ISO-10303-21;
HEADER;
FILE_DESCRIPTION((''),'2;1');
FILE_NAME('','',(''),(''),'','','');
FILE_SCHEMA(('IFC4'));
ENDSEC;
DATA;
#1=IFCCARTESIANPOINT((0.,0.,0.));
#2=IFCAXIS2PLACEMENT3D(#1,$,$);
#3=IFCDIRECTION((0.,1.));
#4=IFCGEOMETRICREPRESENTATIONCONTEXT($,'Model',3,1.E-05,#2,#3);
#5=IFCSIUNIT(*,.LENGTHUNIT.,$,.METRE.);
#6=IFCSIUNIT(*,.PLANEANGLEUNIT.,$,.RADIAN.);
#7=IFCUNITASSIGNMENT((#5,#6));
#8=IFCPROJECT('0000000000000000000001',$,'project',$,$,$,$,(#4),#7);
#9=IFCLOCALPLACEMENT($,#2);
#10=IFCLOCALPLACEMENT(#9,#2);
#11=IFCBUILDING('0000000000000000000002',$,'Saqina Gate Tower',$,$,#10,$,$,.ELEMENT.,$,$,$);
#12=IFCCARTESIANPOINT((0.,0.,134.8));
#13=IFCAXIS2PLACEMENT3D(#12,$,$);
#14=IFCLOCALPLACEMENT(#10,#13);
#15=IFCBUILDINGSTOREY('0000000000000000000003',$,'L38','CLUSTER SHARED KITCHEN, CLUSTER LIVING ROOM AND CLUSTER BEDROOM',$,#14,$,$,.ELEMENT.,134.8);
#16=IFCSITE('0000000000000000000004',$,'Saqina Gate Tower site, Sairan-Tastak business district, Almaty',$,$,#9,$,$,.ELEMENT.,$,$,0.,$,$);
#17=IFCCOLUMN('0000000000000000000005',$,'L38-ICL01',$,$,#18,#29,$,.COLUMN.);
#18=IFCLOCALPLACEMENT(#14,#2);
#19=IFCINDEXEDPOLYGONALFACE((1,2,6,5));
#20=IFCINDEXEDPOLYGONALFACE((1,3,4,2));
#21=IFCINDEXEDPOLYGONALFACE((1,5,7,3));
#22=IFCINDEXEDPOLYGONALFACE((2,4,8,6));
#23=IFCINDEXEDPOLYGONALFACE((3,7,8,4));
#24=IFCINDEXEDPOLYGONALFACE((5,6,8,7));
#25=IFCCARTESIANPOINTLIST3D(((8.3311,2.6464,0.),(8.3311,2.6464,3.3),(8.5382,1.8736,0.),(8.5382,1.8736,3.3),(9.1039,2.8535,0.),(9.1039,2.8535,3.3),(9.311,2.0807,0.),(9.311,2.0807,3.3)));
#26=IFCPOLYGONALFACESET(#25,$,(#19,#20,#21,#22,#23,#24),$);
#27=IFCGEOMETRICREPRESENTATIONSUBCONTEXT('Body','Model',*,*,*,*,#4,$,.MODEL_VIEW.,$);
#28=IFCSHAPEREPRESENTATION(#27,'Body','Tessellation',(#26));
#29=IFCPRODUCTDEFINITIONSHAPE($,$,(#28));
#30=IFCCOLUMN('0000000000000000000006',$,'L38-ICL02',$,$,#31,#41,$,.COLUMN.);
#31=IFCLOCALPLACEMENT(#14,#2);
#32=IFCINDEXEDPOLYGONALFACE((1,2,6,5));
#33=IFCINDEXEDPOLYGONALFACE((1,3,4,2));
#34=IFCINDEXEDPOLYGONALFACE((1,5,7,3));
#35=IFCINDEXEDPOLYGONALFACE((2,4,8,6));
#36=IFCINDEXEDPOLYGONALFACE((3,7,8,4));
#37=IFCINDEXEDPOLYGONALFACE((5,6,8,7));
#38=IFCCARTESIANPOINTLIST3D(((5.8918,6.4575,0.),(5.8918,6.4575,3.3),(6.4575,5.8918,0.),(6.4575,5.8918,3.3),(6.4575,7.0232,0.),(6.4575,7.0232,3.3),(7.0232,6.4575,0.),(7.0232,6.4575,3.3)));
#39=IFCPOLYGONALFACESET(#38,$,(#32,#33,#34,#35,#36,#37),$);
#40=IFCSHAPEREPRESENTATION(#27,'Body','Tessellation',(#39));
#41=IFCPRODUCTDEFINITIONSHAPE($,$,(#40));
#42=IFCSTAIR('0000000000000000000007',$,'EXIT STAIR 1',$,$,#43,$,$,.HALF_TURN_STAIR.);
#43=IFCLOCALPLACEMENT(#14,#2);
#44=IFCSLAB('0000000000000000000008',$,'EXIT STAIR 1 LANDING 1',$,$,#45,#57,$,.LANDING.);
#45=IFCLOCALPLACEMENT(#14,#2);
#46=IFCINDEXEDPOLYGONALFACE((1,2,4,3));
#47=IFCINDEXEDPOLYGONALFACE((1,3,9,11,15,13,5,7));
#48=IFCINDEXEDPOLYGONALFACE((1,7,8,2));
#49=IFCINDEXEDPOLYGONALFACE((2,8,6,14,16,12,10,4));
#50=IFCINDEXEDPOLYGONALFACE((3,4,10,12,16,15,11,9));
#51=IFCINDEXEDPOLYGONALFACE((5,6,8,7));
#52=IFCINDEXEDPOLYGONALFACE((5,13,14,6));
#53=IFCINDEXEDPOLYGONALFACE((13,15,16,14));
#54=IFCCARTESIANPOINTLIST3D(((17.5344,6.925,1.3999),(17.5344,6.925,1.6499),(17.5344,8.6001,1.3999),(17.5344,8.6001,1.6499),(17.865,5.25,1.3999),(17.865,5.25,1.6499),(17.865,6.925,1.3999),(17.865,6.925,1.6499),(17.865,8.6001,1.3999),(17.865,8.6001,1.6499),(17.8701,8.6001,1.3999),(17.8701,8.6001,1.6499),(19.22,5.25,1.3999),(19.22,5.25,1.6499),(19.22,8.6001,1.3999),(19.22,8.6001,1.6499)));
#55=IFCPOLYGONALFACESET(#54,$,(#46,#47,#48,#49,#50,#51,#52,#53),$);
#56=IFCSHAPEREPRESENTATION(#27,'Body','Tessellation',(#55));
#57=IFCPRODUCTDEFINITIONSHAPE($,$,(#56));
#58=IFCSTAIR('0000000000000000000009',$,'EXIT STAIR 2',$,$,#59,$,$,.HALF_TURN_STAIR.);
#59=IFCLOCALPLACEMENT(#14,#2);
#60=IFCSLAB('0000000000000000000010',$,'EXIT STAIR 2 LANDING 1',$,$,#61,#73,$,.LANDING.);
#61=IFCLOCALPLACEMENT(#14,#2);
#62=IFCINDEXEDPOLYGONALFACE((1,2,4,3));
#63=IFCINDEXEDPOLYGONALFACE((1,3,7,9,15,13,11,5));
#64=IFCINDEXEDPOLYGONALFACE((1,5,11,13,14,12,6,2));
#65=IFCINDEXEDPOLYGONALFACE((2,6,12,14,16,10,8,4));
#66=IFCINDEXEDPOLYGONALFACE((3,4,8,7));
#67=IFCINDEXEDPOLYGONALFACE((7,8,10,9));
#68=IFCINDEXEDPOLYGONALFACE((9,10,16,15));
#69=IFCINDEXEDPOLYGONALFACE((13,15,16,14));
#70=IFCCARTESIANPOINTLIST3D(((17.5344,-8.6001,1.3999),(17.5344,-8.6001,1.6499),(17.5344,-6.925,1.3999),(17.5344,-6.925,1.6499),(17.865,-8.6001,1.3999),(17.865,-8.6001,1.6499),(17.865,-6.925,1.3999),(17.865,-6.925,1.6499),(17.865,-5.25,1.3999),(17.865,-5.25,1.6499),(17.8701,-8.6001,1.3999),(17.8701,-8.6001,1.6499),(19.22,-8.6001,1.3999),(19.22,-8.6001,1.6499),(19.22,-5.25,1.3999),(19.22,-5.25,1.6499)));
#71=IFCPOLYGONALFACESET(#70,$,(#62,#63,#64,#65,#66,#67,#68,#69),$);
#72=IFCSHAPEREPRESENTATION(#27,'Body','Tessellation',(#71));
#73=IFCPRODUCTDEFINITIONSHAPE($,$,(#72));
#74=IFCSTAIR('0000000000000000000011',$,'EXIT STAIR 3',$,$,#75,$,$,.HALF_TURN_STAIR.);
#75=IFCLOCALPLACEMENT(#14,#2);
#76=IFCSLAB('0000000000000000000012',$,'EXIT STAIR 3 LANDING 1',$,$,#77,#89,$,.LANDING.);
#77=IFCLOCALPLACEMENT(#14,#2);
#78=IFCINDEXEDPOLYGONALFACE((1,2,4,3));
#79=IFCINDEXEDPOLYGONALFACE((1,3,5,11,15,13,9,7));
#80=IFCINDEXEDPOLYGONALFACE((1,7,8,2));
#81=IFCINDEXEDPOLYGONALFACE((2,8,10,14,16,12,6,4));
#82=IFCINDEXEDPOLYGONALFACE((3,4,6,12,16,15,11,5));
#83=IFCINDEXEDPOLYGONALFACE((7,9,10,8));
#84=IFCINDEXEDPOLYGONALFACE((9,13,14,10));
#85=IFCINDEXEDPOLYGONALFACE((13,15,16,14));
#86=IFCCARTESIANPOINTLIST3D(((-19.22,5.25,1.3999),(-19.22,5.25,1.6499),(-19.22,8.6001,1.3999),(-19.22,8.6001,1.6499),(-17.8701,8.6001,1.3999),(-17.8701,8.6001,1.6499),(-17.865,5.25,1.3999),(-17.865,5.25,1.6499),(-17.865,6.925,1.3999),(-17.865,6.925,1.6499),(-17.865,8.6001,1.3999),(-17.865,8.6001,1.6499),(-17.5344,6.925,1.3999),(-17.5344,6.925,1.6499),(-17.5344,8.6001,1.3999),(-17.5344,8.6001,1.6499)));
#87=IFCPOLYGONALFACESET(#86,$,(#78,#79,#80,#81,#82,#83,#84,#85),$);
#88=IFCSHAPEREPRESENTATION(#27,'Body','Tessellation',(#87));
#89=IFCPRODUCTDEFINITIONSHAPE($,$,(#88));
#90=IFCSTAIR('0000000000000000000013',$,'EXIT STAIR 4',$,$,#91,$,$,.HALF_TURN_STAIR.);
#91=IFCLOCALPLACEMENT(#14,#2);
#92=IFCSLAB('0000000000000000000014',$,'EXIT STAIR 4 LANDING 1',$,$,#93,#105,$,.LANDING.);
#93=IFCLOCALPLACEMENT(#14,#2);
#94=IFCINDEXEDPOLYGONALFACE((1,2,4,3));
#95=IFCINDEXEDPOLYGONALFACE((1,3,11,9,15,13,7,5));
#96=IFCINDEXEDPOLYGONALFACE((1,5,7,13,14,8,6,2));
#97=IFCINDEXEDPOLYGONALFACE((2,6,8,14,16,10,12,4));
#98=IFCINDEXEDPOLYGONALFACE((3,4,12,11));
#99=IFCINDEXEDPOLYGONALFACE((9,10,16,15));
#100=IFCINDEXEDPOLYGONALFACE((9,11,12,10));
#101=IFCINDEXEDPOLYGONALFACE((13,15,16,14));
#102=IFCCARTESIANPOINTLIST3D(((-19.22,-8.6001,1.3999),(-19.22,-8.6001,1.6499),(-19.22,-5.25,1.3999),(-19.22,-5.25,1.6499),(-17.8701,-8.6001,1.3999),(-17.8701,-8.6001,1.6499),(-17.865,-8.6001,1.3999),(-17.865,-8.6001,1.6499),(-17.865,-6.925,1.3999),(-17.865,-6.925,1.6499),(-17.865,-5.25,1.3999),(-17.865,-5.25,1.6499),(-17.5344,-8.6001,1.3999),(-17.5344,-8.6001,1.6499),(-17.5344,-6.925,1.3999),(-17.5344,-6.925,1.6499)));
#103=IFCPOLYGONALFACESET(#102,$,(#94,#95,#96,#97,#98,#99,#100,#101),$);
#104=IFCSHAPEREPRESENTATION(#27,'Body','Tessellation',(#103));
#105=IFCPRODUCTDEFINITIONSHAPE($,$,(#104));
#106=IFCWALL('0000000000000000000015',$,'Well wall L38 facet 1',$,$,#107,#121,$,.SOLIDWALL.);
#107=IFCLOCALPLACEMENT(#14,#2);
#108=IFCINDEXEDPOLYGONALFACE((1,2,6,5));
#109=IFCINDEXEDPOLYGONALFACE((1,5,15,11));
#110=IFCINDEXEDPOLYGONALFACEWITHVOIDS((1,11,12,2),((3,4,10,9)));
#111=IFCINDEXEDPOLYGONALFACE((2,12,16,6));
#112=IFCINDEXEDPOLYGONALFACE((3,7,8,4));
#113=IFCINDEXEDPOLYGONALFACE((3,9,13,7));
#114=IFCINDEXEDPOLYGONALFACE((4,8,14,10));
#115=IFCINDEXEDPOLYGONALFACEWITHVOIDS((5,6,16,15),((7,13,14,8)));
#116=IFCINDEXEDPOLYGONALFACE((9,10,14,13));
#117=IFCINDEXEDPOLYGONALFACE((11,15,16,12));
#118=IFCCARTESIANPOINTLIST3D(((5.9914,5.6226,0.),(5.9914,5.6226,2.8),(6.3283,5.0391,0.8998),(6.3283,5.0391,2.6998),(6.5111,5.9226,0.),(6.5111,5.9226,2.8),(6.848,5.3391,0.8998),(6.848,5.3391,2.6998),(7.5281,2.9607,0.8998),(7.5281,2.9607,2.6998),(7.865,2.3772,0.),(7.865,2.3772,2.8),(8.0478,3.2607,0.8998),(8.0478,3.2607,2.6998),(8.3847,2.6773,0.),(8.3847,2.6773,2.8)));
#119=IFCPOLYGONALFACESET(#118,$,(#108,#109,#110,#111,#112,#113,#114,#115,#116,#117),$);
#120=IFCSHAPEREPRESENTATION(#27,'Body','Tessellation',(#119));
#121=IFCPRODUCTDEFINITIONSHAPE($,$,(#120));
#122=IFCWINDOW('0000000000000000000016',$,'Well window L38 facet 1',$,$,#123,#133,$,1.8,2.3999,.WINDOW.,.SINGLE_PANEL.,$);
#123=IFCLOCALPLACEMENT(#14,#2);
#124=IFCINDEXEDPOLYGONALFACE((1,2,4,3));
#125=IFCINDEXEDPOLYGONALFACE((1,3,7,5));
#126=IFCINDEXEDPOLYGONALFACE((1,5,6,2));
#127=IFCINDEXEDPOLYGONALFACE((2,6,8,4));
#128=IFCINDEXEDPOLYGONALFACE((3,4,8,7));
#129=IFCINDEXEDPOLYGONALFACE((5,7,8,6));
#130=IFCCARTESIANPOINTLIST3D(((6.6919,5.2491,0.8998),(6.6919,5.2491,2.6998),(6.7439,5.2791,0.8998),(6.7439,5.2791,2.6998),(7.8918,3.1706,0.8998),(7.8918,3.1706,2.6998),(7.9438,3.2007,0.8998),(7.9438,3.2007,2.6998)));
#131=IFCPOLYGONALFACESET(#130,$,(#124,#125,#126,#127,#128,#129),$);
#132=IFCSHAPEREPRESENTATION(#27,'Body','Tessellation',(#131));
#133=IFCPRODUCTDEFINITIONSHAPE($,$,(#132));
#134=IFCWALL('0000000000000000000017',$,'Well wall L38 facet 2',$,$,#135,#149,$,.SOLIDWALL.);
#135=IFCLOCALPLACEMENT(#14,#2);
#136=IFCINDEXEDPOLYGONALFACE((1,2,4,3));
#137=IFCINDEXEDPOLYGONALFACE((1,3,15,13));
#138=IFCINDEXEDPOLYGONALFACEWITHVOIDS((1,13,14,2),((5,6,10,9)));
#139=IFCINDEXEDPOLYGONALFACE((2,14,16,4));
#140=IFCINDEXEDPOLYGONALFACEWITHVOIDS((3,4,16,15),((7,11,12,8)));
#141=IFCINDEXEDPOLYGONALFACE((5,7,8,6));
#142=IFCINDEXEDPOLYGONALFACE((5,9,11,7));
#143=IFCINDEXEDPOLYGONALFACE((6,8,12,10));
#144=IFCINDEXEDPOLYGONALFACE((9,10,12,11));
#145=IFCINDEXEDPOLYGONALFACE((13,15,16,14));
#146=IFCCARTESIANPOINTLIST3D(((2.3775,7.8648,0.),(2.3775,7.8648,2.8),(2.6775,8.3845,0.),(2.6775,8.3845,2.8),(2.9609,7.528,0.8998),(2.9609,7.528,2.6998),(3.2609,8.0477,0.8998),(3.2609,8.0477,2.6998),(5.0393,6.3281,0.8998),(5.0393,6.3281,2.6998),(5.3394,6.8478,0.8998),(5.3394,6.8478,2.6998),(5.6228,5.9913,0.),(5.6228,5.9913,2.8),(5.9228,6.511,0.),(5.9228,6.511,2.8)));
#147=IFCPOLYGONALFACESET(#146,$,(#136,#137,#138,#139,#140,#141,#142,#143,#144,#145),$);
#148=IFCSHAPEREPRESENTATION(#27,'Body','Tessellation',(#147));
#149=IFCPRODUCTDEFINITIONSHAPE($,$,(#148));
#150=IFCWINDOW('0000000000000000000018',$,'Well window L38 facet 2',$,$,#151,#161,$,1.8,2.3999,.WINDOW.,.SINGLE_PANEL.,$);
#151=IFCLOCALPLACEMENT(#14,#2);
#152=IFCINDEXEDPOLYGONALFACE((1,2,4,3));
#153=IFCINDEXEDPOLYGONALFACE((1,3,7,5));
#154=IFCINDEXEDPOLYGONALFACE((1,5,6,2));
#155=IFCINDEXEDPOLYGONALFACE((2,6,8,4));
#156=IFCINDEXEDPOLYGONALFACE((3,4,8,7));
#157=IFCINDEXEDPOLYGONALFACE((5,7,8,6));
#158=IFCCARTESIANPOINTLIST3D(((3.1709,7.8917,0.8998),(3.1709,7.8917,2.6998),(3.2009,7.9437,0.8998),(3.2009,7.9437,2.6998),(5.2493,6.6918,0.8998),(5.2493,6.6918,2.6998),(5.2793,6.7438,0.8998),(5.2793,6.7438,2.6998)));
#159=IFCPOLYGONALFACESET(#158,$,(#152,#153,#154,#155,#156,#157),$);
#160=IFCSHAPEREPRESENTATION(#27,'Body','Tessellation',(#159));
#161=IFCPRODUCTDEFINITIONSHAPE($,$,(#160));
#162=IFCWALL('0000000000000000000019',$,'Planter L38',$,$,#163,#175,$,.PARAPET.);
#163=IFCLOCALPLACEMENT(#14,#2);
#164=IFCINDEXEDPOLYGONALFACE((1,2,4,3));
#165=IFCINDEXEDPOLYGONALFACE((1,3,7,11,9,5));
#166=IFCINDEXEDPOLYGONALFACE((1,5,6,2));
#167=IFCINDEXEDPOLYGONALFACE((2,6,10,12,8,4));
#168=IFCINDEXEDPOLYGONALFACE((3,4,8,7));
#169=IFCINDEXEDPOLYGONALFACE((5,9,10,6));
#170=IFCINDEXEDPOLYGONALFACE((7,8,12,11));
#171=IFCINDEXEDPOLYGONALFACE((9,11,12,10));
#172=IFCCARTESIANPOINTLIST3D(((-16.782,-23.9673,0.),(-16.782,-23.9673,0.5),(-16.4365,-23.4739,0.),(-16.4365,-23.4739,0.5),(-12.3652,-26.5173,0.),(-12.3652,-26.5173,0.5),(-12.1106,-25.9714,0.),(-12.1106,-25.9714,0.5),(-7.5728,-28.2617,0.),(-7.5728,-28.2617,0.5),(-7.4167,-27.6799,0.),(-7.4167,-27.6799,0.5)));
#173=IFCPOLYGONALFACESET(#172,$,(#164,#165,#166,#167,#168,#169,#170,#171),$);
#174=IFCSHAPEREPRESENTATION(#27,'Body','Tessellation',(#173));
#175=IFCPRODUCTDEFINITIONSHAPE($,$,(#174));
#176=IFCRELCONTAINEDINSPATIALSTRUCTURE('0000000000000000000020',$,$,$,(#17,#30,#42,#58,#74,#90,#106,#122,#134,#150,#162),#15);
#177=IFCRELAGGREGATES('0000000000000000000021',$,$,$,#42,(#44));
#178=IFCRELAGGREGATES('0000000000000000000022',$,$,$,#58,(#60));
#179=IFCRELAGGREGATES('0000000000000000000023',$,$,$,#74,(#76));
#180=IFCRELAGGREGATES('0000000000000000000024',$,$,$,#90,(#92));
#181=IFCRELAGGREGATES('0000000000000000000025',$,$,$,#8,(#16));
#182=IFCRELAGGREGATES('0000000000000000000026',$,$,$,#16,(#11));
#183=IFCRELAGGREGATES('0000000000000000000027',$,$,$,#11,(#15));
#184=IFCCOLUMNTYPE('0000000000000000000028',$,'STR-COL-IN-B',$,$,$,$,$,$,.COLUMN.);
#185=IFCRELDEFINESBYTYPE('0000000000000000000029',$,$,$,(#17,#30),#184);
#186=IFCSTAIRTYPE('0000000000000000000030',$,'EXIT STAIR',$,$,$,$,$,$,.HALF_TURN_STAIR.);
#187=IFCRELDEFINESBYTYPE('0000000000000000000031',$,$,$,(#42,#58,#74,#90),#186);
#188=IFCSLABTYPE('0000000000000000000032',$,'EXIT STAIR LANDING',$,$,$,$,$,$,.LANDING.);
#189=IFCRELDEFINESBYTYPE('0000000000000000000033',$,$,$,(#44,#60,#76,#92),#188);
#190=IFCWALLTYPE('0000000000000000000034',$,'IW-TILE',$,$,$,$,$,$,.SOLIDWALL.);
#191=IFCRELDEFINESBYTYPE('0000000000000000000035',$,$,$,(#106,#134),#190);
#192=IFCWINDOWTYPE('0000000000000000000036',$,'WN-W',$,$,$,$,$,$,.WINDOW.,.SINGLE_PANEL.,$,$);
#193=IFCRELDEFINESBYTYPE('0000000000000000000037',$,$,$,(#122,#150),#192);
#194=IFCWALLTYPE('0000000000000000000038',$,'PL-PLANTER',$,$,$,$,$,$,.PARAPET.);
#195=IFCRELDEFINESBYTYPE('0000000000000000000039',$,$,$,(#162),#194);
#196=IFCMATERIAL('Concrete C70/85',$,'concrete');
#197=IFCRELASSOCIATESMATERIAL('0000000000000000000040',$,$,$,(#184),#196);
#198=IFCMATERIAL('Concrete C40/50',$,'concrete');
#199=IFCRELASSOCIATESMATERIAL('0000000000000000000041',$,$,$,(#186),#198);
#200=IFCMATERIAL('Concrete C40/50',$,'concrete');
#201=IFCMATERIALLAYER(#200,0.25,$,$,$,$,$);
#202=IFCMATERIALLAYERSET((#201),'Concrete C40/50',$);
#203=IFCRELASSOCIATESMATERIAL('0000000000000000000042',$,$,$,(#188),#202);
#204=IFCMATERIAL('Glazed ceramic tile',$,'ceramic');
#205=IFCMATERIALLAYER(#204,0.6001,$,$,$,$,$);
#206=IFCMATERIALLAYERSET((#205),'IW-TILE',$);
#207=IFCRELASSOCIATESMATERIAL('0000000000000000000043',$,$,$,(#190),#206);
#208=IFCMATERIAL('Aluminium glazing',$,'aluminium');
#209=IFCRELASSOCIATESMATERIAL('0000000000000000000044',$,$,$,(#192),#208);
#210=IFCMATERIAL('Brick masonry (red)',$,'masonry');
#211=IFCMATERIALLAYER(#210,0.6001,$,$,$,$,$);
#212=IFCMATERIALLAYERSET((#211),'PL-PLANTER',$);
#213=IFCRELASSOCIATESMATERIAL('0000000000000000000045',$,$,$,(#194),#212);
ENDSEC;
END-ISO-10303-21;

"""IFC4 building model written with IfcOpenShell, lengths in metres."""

from ifc_helpers import new_model, si_unit, direction, frame, frame_2d, origin, origin_2d, place, context, subcontext, project, spatial, polyline, rectangle, outline, extrude, material, layer, layer_set, material_profile, profile_set, type_object, element, fill, aggregate, save


model = new_model("IFC4")

# Units and contexts
model_context = context("Model", 3, precision=1e-05, world=origin(), true_north=direction((0.0, 1.0)))
body_context = subcontext(model_context, "Body", "Model", "MODEL_VIEW")
ifc_project = project(units=[si_unit("LENGTHUNIT", "METRE"), si_unit("PLANEANGLEUNIT", "RADIAN")], contexts=[model_context])

# Site, building, storey
site_placement = place(None, origin())
site = spatial("IfcSite", under=ifc_project, at=site_placement, Name="Saqina Gate Tower site, Sairan-Tastak business district, Almaty", CompositionType="ELEMENT", RefElevation=0.0)
building_placement = place(site_placement, origin())
building = spatial("IfcBuilding", under=site, at=building_placement, Name="Saqina Gate Tower", CompositionType="ELEMENT")
storey_placement = place(building_placement, frame((0.0, 0.0, 134.8)))
storey = spatial("IfcBuildingStorey", under=building, at=storey_placement, Name="L38", Description="CLUSTER SHARED KITCHEN, CLUSTER LIVING ROOM AND CLUSTER BEDROOM", CompositionType="ELEMENT", Elevation=134.8)

# Columns
ifc_material_1 = material(Name="Concrete C70/85", Category="concrete")
ifc_material_profile = material_profile(ifc_material_1, rectangle(XDim=0.8, YDim=0.8, at=origin_2d()), Name="RC 800x800")
ifc_profile_set = profile_set([ifc_material_profile], Name="Concrete C70/85")
column_type = type_object("IfcColumnType", Name="STR-COL-IN-B", PredefinedType="COLUMN", material=ifc_profile_set)
for number, where, z_axis, x_axis, name in (
    (1, (8.821, 2.3635, 0.0), (0.0, 0.0, 1.0), (0.965926, 0.258819, 0.0), "L38-ICL01"),
    (2, (6.4575, 6.4575, 0.0), (0.0, 0.0, 1.0), (0.707107, 0.707107, 0.0), "L38-ICL02"),
):
    element("IfcColumn", number, at=place(storey_placement, frame(where, z_axis=z_axis, x_axis=x_axis)), inside=storey, type_object=column_type, Name=name, PredefinedType="COLUMN", context=body_context, shape_type="SweptSolid", body=[
        extrude(rectangle(XDim=0.8, YDim=0.8, at=origin_2d()), origin(), (0.0, 0.0, 1.0), 3.3),
    ])

# Stairs, slabs
ifc_material_2 = material(Name="Concrete C40/50", Category="concrete")
stair_type = type_object("IfcStairType", Name="EXIT STAIR", PredefinedType="HALF_TURN_STAIR", material=ifc_material_2)
stair_1_placement = place(storey_placement, origin())
stair_1 = element("IfcStair", 3, at=stair_1_placement, inside=storey, type_object=stair_type, Name="EXIT STAIR 1", PredefinedType="HALF_TURN_STAIR")
ifc_material_3 = material(Name="Concrete C40/50", Category="concrete")
ifc_layer_1 = layer(ifc_material_3, 0.25)
ifc_layer_set_1 = layer_set([ifc_layer_1], Name="Concrete C40/50")
slab_type = type_object("IfcSlabType", Name="EXIT STAIR LANDING", PredefinedType="LANDING", material=ifc_layer_set_1)
slab_1_placement = place(storey_placement, frame((0.0, 0.0, 1.3999)))
slab_1 = element("IfcSlab", 4, at=slab_1_placement, type_object=slab_type, Name="EXIT STAIR 1 LANDING 1", PredefinedType="LANDING", context=body_context, shape_type="SweptSolid", body=[
    extrude(outline(polyline([(19.22, 8.6001), (19.22, 5.25), (17.865, 5.25), (17.865, 6.925), (17.5344, 6.925), (17.5344, 8.6001), (17.865, 8.6001), (17.8701, 8.6001), (19.22, 8.6001)])), origin(), (0.0, 0.0, 1.0), 0.25),
])
aggregate(stair_1, [slab_1])
stair_2_placement = place(storey_placement, origin())
stair_2 = element("IfcStair", 5, at=stair_2_placement, inside=storey, type_object=stair_type, Name="EXIT STAIR 2", PredefinedType="HALF_TURN_STAIR")
slab_2_placement = place(storey_placement, frame((0.0, 0.0, 1.3999)))
slab_2 = element("IfcSlab", 6, at=slab_2_placement, type_object=slab_type, Name="EXIT STAIR 2 LANDING 1", PredefinedType="LANDING", context=body_context, shape_type="SweptSolid", body=[
    extrude(outline(polyline([(17.5344, -8.6001), (17.5344, -6.925), (17.865, -6.925), (17.865, -5.25), (19.22, -5.25), (19.22, -8.6001), (17.8701, -8.6001), (17.865, -8.6001), (17.5344, -8.6001)])), origin(), (0.0, 0.0, 1.0), 0.25),
])
aggregate(stair_2, [slab_2])
stair_3_placement = place(storey_placement, origin())
stair_3 = element("IfcStair", 7, at=stair_3_placement, inside=storey, type_object=stair_type, Name="EXIT STAIR 3", PredefinedType="HALF_TURN_STAIR")
slab_3_placement = place(storey_placement, frame((0.0, 0.0, 1.3999)))
slab_3 = element("IfcSlab", 8, at=slab_3_placement, type_object=slab_type, Name="EXIT STAIR 3 LANDING 1", PredefinedType="LANDING", context=body_context, shape_type="SweptSolid", body=[
    extrude(outline(polyline([(-17.865, 5.25), (-19.22, 5.25), (-19.22, 8.6001), (-17.8701, 8.6001), (-17.865, 8.6001), (-17.5344, 8.6001), (-17.5344, 6.925), (-17.865, 6.925), (-17.865, 5.25)])), origin(), (0.0, 0.0, 1.0), 0.25),
])
aggregate(stair_3, [slab_3])
stair_4_placement = place(storey_placement, origin())
stair_4 = element("IfcStair", 9, at=stair_4_placement, inside=storey, type_object=stair_type, Name="EXIT STAIR 4", PredefinedType="HALF_TURN_STAIR")
slab_4_placement = place(storey_placement, frame((0.0, 0.0, 1.3999)))
slab_4 = element("IfcSlab", 10, at=slab_4_placement, type_object=slab_type, Name="EXIT STAIR 4 LANDING 1", PredefinedType="LANDING", context=body_context, shape_type="SweptSolid", body=[
    extrude(outline(polyline([(-17.5344, -6.925), (-17.5344, -8.6001), (-17.865, -8.6001), (-17.8701, -8.6001), (-19.22, -8.6001), (-19.22, -5.25), (-17.865, -5.25), (-17.865, -6.925), (-17.5344, -6.925)])), origin(), (0.0, 0.0, 1.0), 0.25),
])
aggregate(stair_4, [slab_4])

# Walls, openings, windows
ifc_material_4 = material(Name="Glazed ceramic tile", Category="ceramic")
ifc_layer_2 = layer(ifc_material_4, 0.6001)
ifc_layer_set_2 = layer_set([ifc_layer_2], Name="IW-TILE")
wall_type_1 = type_object("IfcWallType", Name="IW-TILE", PredefinedType="SOLIDWALL", material=ifc_layer_set_2)
wall_1_placement = place(storey_placement, frame((8.1248, 2.5273, 0.0), z_axis=(0.0, 0.0, 1.0), x_axis=(-0.499965, 0.866046, 0.0)))
wall_1 = element("IfcWall", 11, at=wall_1_placement, inside=storey, type_object=wall_type_1, Name="Well wall L38 facet 1", PredefinedType="SOLIDWALL", context=body_context, shape_type="SweptSolid", body=[
    extrude(rectangle(XDim=3.7473, YDim=0.6001, at=frame_2d((1.8735, 0.0))), origin(), (0.0, 0.0, 1.0), 2.8),
])
opening_1_placement = place(wall_1_placement, frame((0.6736, 0.0, 0.8999)))
opening_1 = element("IfcOpeningElement", 12, at=opening_1_placement, cuts=wall_1, PredefinedType="OPENING", context=body_context, shape_type="SweptSolid", body=[
    extrude(rectangle(XDim=2.3999, YDim=1.8, at=frame_2d((1.2, 0.8999))), frame((0.0, 0.312, 0.0), z_axis=(0.0, -1.0, 0.0), x_axis=(1.0, 0.0, 0.0)), (0.0, 0.0, 1.0), 0.624),
])
ifc_material_5 = material(Name="Aluminium glazing", Category="aluminium")
window_type = type_object("IfcWindowType", Name="WN-W", PartitioningType="SINGLE_PANEL", PredefinedType="WINDOW", material=ifc_material_5)
window_1_placement = place(opening_1_placement, origin())
window_1 = element("IfcWindow", 13, at=window_1_placement, inside=storey, type_object=window_type, Name="Well window L38 facet 1", OverallHeight=1.8, OverallWidth=2.3999, PartitioningType="SINGLE_PANEL", PredefinedType="WINDOW", context=body_context, shape_type="SweptSolid", body=[
    extrude(rectangle(XDim=2.3999, YDim=1.8, at=frame_2d((1.2, 0.8999))), frame((0.0, -0.1199, 0.0), z_axis=(0.0, -1.0, 0.0), x_axis=(1.0, 0.0, 0.0)), (0.0, 0.0, 1.0), 0.0601),
])
fill(opening_1, window_1)
wall_2_placement = place(storey_placement, frame((5.7727, 6.2512, 0.0), z_axis=(0.0, 0.0, 1.0), x_axis=(-0.866046, 0.499965, 0.0)))
wall_2 = element("IfcWall", 14, at=wall_2_placement, inside=storey, type_object=wall_type_1, Name="Well wall L38 facet 2", PredefinedType="SOLIDWALL", context=body_context, shape_type="SweptSolid", body=[
    extrude(rectangle(XDim=3.7473, YDim=0.6001, at=frame_2d((1.8735, 0.0))), origin(), (0.0, 0.0, 1.0), 2.8),
])
opening_2_placement = place(wall_2_placement, frame((0.6736, 0.0, 0.8999)))
opening_2 = element("IfcOpeningElement", 15, at=opening_2_placement, cuts=wall_2, PredefinedType="OPENING", context=body_context, shape_type="SweptSolid", body=[
    extrude(rectangle(XDim=2.3999, YDim=1.8, at=frame_2d((1.2, 0.8999))), frame((0.0, 0.312, 0.0), z_axis=(0.0, -1.0, 0.0), x_axis=(1.0, 0.0, 0.0)), (0.0, 0.0, 1.0), 0.624),
])
window_2_placement = place(opening_2_placement, origin())
window_2 = element("IfcWindow", 16, at=window_2_placement, inside=storey, type_object=window_type, Name="Well window L38 facet 2", OverallHeight=1.8, OverallWidth=2.3999, PartitioningType="SINGLE_PANEL", PredefinedType="WINDOW", context=body_context, shape_type="SweptSolid", body=[
    extrude(rectangle(XDim=2.3999, YDim=1.8, at=frame_2d((1.2, 0.8999))), frame((0.0, -0.1199, 0.0), z_axis=(0.0, -1.0, 0.0), x_axis=(1.0, 0.0, 0.0)), (0.0, 0.0, 1.0), 0.0601),
])
fill(opening_2, window_2)

# Wall
ifc_material_6 = material(Name="Brick masonry (red)", Category="masonry")
ifc_layer_3 = layer(ifc_material_6, 0.6001)
ifc_layer_set_3 = layer_set([ifc_layer_3], Name="PL-PLANTER")
wall_type_2 = type_object("IfcWallType", Name="PL-PLANTER", PredefinedType="PARAPET", material=ifc_layer_set_3)
wall_3_placement = place(storey_placement, origin())
element("IfcWall", 17, at=wall_3_placement, inside=storey, type_object=wall_type_2, Name="Planter L38", PredefinedType="PARAPET", context=body_context, shape_type="SweptSolid", body=[
    extrude(outline(polyline([(-16.782, -23.9673), (-12.3652, -26.5173), (-7.5728, -28.2617), (-7.4167, -27.6799), (-12.1106, -25.9714), (-16.4365, -23.4739), (-16.782, -23.9673)])), origin(), (0.0, 0.0, 1.0), 0.5),
])

save(model, "model.ifc")
